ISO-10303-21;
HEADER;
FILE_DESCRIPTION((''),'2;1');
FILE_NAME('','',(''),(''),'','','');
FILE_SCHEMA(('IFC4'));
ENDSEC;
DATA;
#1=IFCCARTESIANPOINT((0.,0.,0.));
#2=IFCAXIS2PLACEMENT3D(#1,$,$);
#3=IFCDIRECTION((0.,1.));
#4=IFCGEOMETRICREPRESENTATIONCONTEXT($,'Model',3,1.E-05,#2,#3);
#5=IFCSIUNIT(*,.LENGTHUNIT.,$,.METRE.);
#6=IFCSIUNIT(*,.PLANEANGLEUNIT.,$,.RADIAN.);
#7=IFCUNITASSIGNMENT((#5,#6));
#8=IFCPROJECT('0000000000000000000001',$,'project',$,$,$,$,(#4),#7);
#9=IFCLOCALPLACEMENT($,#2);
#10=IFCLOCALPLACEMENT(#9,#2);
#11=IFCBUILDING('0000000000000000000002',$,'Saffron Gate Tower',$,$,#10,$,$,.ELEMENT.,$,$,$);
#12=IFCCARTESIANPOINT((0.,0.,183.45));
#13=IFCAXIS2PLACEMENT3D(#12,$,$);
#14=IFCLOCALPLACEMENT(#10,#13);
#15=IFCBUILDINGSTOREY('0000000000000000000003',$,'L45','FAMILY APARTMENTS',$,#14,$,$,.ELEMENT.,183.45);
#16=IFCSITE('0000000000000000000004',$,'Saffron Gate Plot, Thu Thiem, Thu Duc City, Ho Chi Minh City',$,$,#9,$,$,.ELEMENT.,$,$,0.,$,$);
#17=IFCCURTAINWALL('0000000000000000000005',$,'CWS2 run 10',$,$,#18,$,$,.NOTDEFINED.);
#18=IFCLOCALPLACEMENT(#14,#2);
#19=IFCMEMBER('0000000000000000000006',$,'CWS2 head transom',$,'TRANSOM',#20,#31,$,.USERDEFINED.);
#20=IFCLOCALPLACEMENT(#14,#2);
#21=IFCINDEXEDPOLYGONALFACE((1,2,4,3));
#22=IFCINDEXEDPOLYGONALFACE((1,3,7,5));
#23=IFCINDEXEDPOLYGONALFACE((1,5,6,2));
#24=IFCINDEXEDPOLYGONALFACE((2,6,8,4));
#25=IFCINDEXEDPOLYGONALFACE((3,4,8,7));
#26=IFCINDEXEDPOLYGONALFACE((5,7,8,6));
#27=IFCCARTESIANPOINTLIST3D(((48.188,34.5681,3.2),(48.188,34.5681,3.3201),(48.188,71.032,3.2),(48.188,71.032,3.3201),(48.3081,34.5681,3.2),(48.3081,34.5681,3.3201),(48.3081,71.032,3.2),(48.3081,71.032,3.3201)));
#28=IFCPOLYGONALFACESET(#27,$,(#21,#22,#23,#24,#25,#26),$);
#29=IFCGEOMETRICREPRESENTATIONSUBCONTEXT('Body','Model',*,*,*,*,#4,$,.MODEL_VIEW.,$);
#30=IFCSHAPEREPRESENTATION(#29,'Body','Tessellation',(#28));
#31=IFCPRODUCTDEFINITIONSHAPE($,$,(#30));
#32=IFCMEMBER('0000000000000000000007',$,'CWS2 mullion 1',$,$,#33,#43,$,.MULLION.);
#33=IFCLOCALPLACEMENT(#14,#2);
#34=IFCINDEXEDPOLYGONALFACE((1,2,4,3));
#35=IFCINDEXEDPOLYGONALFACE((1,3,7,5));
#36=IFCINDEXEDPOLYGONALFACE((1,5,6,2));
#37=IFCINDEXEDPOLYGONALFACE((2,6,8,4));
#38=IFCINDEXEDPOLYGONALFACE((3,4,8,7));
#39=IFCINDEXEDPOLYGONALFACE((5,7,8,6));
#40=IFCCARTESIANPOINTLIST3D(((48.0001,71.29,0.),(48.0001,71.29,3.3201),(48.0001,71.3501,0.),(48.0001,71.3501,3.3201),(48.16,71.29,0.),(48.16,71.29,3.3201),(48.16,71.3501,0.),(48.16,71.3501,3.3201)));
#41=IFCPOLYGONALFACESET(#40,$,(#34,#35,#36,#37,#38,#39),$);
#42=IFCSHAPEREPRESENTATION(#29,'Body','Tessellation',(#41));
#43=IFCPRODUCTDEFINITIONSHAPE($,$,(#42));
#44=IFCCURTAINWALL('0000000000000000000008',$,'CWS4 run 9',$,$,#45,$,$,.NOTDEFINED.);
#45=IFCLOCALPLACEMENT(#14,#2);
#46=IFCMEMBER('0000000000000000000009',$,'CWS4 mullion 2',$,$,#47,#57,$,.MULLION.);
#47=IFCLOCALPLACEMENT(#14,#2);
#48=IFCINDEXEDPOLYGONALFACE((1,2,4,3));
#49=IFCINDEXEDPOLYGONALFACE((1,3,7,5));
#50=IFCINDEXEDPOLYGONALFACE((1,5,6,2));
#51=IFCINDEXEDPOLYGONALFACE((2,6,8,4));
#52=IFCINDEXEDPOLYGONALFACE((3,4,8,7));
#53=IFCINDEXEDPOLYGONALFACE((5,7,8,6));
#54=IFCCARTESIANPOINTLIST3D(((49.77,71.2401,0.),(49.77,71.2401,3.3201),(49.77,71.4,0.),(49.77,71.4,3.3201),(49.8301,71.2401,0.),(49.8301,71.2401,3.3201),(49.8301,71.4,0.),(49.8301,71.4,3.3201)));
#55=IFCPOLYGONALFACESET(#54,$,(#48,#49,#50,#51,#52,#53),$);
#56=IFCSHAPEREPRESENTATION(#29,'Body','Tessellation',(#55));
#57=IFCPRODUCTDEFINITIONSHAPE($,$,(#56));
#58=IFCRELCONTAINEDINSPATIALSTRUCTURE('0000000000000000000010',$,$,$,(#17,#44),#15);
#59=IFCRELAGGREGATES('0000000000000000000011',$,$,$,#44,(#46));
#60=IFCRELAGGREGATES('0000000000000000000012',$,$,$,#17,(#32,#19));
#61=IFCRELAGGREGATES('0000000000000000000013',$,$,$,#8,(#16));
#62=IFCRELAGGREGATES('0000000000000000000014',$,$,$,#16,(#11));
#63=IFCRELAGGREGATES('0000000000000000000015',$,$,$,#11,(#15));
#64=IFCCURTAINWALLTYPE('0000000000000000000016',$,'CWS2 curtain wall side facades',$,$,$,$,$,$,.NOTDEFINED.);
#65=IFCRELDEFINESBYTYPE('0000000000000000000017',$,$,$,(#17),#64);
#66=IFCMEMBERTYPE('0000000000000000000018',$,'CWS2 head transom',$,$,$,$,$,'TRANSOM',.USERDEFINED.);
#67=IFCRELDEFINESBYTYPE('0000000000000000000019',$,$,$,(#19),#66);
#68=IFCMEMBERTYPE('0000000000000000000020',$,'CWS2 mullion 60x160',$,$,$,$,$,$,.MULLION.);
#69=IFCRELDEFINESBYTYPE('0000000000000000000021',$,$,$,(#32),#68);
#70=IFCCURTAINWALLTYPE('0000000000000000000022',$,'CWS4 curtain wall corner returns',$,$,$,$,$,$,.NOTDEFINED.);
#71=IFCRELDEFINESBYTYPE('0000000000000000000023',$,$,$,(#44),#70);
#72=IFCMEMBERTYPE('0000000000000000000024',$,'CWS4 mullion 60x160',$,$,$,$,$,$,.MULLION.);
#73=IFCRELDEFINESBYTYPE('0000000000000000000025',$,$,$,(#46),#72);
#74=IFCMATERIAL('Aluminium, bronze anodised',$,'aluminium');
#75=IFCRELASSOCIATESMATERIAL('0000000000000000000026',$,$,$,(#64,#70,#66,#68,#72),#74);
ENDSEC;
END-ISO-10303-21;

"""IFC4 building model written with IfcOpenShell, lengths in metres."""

from ifc_helpers import new_model, si_unit, direction, frame, origin, origin_2d, place, context, subcontext, project, spatial, rectangle, extrude, material, material_profile, profile_set, type_object, element, aggregate, save


model = new_model("IFC4")

# Units and contexts
model_context = context("Model", 3, precision=1e-05, world=origin(), true_north=direction((0.0, 1.0)))
body_context = subcontext(model_context, "Body", "Model", "MODEL_VIEW")
ifc_project = project(units=[si_unit("LENGTHUNIT", "METRE"), si_unit("PLANEANGLEUNIT", "RADIAN")], contexts=[model_context])

# Site, building, storey
site_placement = place(None, origin())
site = spatial("IfcSite", under=ifc_project, at=site_placement, Name="Saffron Gate Plot, Thu Thiem, Thu Duc City, Ho Chi Minh City", CompositionType="ELEMENT", RefElevation=0.0)
building_placement = place(site_placement, origin())
building = spatial("IfcBuilding", under=site, at=building_placement, Name="Saffron Gate Tower", CompositionType="ELEMENT")
storey_placement = place(building_placement, frame((0.0, 0.0, 183.45)))
storey = spatial("IfcBuildingStorey", under=building, at=storey_placement, Name="L45", Description="FAMILY APARTMENTS", CompositionType="ELEMENT", Elevation=183.45)

# Curtain wall, members
ifc_material_1 = material(Name="Aluminium, bronze anodised", Category="aluminium")
curtain_wall_type_1 = type_object("IfcCurtainWallType", Name="CWS2 curtain wall side facades", PredefinedType="NOTDEFINED", material=ifc_material_1)
curtain_wall_1_placement = place(storey_placement, origin())
curtain_wall_1 = element("IfcCurtainWall", 1, at=curtain_wall_1_placement, inside=storey, type_object=curtain_wall_type_1, Name="CWS2 run 10", PredefinedType="NOTDEFINED")
ifc_material_profile_1 = material_profile(ifc_material_1, rectangle(XDim=0.1201, YDim=0.1201, at=origin_2d()))
ifc_profile_set_1 = profile_set([ifc_material_profile_1], Name="Aluminium, bronze anodised")
member_type_1 = type_object("IfcMemberType", Name="CWS2 head transom", ElementType="TRANSOM", PredefinedType="USERDEFINED", material=ifc_profile_set_1)
member_1_placement = place(storey_placement, frame((48.248, 71.032, 3.26), z_axis=(0.0, -1.0, 0.0), x_axis=(1.0, 0.0, 0.0)))
member_1 = element("IfcMember", 2, at=member_1_placement, type_object=member_type_1, Name="CWS2 head transom", ObjectType="TRANSOM", PredefinedType="USERDEFINED", context=body_context, shape_type="SweptSolid", body=[
    extrude(rectangle(XDim=0.1201, YDim=0.1201, at=origin_2d()), origin(), (0.0, 0.0, 1.0), 36.4639),
])
ifc_material_profile_2 = material_profile(ifc_material_1, rectangle(XDim=0.1599, YDim=0.0601, at=origin_2d()))
ifc_profile_set_2 = profile_set([ifc_material_profile_2], Name="Aluminium, bronze anodised")
member_type_2 = type_object("IfcMemberType", Name="CWS2 mullion 60x160", PredefinedType="MULLION", material=ifc_profile_set_2)
member_2_placement = place(storey_placement, frame((48.0801, 71.3201, 0.0), z_axis=(0.0, 0.0, 1.0), x_axis=(1.0, 0.0, 0.0)))
member_2 = element("IfcMember", 3, at=member_2_placement, type_object=member_type_2, Name="CWS2 mullion 1", PredefinedType="MULLION", context=body_context, shape_type="SweptSolid", body=[
    extrude(rectangle(XDim=0.1599, YDim=0.0601, at=origin_2d()), origin(), (0.0, 0.0, 1.0), 3.3201),
])

# Curtain wall, member
curtain_wall_type_2 = type_object("IfcCurtainWallType", Name="CWS4 curtain wall corner returns", PredefinedType="NOTDEFINED", material=ifc_material_1)
curtain_wall_2_placement = place(storey_placement, origin())
curtain_wall_2 = element("IfcCurtainWall", 4, at=curtain_wall_2_placement, inside=storey, type_object=curtain_wall_type_2, Name="CWS4 run 9", PredefinedType="NOTDEFINED")
ifc_material_profile_3 = material_profile(ifc_material_1, rectangle(XDim=0.1599, YDim=0.0601, at=origin_2d()))
ifc_profile_set_3 = profile_set([ifc_material_profile_3], Name="Aluminium, bronze anodised")
member_type_3 = type_object("IfcMemberType", Name="CWS4 mullion 60x160", PredefinedType="MULLION", material=ifc_profile_set_3)
member_3_placement = place(storey_placement, frame((49.8, 71.3201, 0.0), z_axis=(0.0, 0.0, 1.0), x_axis=(0.0, -1.0, 0.0)))
member_3 = element("IfcMember", 5, at=member_3_placement, type_object=member_type_3, Name="CWS4 mullion 2", PredefinedType="MULLION", context=body_context, shape_type="SweptSolid", body=[
    extrude(rectangle(XDim=0.1599, YDim=0.0601, at=origin_2d()), origin(), (0.0, 0.0, 1.0), 3.3201),
])
aggregate(curtain_wall_2, [member_3])

aggregate(curtain_wall_1, [member_2, member_1])

save(model, "model.ifc")
